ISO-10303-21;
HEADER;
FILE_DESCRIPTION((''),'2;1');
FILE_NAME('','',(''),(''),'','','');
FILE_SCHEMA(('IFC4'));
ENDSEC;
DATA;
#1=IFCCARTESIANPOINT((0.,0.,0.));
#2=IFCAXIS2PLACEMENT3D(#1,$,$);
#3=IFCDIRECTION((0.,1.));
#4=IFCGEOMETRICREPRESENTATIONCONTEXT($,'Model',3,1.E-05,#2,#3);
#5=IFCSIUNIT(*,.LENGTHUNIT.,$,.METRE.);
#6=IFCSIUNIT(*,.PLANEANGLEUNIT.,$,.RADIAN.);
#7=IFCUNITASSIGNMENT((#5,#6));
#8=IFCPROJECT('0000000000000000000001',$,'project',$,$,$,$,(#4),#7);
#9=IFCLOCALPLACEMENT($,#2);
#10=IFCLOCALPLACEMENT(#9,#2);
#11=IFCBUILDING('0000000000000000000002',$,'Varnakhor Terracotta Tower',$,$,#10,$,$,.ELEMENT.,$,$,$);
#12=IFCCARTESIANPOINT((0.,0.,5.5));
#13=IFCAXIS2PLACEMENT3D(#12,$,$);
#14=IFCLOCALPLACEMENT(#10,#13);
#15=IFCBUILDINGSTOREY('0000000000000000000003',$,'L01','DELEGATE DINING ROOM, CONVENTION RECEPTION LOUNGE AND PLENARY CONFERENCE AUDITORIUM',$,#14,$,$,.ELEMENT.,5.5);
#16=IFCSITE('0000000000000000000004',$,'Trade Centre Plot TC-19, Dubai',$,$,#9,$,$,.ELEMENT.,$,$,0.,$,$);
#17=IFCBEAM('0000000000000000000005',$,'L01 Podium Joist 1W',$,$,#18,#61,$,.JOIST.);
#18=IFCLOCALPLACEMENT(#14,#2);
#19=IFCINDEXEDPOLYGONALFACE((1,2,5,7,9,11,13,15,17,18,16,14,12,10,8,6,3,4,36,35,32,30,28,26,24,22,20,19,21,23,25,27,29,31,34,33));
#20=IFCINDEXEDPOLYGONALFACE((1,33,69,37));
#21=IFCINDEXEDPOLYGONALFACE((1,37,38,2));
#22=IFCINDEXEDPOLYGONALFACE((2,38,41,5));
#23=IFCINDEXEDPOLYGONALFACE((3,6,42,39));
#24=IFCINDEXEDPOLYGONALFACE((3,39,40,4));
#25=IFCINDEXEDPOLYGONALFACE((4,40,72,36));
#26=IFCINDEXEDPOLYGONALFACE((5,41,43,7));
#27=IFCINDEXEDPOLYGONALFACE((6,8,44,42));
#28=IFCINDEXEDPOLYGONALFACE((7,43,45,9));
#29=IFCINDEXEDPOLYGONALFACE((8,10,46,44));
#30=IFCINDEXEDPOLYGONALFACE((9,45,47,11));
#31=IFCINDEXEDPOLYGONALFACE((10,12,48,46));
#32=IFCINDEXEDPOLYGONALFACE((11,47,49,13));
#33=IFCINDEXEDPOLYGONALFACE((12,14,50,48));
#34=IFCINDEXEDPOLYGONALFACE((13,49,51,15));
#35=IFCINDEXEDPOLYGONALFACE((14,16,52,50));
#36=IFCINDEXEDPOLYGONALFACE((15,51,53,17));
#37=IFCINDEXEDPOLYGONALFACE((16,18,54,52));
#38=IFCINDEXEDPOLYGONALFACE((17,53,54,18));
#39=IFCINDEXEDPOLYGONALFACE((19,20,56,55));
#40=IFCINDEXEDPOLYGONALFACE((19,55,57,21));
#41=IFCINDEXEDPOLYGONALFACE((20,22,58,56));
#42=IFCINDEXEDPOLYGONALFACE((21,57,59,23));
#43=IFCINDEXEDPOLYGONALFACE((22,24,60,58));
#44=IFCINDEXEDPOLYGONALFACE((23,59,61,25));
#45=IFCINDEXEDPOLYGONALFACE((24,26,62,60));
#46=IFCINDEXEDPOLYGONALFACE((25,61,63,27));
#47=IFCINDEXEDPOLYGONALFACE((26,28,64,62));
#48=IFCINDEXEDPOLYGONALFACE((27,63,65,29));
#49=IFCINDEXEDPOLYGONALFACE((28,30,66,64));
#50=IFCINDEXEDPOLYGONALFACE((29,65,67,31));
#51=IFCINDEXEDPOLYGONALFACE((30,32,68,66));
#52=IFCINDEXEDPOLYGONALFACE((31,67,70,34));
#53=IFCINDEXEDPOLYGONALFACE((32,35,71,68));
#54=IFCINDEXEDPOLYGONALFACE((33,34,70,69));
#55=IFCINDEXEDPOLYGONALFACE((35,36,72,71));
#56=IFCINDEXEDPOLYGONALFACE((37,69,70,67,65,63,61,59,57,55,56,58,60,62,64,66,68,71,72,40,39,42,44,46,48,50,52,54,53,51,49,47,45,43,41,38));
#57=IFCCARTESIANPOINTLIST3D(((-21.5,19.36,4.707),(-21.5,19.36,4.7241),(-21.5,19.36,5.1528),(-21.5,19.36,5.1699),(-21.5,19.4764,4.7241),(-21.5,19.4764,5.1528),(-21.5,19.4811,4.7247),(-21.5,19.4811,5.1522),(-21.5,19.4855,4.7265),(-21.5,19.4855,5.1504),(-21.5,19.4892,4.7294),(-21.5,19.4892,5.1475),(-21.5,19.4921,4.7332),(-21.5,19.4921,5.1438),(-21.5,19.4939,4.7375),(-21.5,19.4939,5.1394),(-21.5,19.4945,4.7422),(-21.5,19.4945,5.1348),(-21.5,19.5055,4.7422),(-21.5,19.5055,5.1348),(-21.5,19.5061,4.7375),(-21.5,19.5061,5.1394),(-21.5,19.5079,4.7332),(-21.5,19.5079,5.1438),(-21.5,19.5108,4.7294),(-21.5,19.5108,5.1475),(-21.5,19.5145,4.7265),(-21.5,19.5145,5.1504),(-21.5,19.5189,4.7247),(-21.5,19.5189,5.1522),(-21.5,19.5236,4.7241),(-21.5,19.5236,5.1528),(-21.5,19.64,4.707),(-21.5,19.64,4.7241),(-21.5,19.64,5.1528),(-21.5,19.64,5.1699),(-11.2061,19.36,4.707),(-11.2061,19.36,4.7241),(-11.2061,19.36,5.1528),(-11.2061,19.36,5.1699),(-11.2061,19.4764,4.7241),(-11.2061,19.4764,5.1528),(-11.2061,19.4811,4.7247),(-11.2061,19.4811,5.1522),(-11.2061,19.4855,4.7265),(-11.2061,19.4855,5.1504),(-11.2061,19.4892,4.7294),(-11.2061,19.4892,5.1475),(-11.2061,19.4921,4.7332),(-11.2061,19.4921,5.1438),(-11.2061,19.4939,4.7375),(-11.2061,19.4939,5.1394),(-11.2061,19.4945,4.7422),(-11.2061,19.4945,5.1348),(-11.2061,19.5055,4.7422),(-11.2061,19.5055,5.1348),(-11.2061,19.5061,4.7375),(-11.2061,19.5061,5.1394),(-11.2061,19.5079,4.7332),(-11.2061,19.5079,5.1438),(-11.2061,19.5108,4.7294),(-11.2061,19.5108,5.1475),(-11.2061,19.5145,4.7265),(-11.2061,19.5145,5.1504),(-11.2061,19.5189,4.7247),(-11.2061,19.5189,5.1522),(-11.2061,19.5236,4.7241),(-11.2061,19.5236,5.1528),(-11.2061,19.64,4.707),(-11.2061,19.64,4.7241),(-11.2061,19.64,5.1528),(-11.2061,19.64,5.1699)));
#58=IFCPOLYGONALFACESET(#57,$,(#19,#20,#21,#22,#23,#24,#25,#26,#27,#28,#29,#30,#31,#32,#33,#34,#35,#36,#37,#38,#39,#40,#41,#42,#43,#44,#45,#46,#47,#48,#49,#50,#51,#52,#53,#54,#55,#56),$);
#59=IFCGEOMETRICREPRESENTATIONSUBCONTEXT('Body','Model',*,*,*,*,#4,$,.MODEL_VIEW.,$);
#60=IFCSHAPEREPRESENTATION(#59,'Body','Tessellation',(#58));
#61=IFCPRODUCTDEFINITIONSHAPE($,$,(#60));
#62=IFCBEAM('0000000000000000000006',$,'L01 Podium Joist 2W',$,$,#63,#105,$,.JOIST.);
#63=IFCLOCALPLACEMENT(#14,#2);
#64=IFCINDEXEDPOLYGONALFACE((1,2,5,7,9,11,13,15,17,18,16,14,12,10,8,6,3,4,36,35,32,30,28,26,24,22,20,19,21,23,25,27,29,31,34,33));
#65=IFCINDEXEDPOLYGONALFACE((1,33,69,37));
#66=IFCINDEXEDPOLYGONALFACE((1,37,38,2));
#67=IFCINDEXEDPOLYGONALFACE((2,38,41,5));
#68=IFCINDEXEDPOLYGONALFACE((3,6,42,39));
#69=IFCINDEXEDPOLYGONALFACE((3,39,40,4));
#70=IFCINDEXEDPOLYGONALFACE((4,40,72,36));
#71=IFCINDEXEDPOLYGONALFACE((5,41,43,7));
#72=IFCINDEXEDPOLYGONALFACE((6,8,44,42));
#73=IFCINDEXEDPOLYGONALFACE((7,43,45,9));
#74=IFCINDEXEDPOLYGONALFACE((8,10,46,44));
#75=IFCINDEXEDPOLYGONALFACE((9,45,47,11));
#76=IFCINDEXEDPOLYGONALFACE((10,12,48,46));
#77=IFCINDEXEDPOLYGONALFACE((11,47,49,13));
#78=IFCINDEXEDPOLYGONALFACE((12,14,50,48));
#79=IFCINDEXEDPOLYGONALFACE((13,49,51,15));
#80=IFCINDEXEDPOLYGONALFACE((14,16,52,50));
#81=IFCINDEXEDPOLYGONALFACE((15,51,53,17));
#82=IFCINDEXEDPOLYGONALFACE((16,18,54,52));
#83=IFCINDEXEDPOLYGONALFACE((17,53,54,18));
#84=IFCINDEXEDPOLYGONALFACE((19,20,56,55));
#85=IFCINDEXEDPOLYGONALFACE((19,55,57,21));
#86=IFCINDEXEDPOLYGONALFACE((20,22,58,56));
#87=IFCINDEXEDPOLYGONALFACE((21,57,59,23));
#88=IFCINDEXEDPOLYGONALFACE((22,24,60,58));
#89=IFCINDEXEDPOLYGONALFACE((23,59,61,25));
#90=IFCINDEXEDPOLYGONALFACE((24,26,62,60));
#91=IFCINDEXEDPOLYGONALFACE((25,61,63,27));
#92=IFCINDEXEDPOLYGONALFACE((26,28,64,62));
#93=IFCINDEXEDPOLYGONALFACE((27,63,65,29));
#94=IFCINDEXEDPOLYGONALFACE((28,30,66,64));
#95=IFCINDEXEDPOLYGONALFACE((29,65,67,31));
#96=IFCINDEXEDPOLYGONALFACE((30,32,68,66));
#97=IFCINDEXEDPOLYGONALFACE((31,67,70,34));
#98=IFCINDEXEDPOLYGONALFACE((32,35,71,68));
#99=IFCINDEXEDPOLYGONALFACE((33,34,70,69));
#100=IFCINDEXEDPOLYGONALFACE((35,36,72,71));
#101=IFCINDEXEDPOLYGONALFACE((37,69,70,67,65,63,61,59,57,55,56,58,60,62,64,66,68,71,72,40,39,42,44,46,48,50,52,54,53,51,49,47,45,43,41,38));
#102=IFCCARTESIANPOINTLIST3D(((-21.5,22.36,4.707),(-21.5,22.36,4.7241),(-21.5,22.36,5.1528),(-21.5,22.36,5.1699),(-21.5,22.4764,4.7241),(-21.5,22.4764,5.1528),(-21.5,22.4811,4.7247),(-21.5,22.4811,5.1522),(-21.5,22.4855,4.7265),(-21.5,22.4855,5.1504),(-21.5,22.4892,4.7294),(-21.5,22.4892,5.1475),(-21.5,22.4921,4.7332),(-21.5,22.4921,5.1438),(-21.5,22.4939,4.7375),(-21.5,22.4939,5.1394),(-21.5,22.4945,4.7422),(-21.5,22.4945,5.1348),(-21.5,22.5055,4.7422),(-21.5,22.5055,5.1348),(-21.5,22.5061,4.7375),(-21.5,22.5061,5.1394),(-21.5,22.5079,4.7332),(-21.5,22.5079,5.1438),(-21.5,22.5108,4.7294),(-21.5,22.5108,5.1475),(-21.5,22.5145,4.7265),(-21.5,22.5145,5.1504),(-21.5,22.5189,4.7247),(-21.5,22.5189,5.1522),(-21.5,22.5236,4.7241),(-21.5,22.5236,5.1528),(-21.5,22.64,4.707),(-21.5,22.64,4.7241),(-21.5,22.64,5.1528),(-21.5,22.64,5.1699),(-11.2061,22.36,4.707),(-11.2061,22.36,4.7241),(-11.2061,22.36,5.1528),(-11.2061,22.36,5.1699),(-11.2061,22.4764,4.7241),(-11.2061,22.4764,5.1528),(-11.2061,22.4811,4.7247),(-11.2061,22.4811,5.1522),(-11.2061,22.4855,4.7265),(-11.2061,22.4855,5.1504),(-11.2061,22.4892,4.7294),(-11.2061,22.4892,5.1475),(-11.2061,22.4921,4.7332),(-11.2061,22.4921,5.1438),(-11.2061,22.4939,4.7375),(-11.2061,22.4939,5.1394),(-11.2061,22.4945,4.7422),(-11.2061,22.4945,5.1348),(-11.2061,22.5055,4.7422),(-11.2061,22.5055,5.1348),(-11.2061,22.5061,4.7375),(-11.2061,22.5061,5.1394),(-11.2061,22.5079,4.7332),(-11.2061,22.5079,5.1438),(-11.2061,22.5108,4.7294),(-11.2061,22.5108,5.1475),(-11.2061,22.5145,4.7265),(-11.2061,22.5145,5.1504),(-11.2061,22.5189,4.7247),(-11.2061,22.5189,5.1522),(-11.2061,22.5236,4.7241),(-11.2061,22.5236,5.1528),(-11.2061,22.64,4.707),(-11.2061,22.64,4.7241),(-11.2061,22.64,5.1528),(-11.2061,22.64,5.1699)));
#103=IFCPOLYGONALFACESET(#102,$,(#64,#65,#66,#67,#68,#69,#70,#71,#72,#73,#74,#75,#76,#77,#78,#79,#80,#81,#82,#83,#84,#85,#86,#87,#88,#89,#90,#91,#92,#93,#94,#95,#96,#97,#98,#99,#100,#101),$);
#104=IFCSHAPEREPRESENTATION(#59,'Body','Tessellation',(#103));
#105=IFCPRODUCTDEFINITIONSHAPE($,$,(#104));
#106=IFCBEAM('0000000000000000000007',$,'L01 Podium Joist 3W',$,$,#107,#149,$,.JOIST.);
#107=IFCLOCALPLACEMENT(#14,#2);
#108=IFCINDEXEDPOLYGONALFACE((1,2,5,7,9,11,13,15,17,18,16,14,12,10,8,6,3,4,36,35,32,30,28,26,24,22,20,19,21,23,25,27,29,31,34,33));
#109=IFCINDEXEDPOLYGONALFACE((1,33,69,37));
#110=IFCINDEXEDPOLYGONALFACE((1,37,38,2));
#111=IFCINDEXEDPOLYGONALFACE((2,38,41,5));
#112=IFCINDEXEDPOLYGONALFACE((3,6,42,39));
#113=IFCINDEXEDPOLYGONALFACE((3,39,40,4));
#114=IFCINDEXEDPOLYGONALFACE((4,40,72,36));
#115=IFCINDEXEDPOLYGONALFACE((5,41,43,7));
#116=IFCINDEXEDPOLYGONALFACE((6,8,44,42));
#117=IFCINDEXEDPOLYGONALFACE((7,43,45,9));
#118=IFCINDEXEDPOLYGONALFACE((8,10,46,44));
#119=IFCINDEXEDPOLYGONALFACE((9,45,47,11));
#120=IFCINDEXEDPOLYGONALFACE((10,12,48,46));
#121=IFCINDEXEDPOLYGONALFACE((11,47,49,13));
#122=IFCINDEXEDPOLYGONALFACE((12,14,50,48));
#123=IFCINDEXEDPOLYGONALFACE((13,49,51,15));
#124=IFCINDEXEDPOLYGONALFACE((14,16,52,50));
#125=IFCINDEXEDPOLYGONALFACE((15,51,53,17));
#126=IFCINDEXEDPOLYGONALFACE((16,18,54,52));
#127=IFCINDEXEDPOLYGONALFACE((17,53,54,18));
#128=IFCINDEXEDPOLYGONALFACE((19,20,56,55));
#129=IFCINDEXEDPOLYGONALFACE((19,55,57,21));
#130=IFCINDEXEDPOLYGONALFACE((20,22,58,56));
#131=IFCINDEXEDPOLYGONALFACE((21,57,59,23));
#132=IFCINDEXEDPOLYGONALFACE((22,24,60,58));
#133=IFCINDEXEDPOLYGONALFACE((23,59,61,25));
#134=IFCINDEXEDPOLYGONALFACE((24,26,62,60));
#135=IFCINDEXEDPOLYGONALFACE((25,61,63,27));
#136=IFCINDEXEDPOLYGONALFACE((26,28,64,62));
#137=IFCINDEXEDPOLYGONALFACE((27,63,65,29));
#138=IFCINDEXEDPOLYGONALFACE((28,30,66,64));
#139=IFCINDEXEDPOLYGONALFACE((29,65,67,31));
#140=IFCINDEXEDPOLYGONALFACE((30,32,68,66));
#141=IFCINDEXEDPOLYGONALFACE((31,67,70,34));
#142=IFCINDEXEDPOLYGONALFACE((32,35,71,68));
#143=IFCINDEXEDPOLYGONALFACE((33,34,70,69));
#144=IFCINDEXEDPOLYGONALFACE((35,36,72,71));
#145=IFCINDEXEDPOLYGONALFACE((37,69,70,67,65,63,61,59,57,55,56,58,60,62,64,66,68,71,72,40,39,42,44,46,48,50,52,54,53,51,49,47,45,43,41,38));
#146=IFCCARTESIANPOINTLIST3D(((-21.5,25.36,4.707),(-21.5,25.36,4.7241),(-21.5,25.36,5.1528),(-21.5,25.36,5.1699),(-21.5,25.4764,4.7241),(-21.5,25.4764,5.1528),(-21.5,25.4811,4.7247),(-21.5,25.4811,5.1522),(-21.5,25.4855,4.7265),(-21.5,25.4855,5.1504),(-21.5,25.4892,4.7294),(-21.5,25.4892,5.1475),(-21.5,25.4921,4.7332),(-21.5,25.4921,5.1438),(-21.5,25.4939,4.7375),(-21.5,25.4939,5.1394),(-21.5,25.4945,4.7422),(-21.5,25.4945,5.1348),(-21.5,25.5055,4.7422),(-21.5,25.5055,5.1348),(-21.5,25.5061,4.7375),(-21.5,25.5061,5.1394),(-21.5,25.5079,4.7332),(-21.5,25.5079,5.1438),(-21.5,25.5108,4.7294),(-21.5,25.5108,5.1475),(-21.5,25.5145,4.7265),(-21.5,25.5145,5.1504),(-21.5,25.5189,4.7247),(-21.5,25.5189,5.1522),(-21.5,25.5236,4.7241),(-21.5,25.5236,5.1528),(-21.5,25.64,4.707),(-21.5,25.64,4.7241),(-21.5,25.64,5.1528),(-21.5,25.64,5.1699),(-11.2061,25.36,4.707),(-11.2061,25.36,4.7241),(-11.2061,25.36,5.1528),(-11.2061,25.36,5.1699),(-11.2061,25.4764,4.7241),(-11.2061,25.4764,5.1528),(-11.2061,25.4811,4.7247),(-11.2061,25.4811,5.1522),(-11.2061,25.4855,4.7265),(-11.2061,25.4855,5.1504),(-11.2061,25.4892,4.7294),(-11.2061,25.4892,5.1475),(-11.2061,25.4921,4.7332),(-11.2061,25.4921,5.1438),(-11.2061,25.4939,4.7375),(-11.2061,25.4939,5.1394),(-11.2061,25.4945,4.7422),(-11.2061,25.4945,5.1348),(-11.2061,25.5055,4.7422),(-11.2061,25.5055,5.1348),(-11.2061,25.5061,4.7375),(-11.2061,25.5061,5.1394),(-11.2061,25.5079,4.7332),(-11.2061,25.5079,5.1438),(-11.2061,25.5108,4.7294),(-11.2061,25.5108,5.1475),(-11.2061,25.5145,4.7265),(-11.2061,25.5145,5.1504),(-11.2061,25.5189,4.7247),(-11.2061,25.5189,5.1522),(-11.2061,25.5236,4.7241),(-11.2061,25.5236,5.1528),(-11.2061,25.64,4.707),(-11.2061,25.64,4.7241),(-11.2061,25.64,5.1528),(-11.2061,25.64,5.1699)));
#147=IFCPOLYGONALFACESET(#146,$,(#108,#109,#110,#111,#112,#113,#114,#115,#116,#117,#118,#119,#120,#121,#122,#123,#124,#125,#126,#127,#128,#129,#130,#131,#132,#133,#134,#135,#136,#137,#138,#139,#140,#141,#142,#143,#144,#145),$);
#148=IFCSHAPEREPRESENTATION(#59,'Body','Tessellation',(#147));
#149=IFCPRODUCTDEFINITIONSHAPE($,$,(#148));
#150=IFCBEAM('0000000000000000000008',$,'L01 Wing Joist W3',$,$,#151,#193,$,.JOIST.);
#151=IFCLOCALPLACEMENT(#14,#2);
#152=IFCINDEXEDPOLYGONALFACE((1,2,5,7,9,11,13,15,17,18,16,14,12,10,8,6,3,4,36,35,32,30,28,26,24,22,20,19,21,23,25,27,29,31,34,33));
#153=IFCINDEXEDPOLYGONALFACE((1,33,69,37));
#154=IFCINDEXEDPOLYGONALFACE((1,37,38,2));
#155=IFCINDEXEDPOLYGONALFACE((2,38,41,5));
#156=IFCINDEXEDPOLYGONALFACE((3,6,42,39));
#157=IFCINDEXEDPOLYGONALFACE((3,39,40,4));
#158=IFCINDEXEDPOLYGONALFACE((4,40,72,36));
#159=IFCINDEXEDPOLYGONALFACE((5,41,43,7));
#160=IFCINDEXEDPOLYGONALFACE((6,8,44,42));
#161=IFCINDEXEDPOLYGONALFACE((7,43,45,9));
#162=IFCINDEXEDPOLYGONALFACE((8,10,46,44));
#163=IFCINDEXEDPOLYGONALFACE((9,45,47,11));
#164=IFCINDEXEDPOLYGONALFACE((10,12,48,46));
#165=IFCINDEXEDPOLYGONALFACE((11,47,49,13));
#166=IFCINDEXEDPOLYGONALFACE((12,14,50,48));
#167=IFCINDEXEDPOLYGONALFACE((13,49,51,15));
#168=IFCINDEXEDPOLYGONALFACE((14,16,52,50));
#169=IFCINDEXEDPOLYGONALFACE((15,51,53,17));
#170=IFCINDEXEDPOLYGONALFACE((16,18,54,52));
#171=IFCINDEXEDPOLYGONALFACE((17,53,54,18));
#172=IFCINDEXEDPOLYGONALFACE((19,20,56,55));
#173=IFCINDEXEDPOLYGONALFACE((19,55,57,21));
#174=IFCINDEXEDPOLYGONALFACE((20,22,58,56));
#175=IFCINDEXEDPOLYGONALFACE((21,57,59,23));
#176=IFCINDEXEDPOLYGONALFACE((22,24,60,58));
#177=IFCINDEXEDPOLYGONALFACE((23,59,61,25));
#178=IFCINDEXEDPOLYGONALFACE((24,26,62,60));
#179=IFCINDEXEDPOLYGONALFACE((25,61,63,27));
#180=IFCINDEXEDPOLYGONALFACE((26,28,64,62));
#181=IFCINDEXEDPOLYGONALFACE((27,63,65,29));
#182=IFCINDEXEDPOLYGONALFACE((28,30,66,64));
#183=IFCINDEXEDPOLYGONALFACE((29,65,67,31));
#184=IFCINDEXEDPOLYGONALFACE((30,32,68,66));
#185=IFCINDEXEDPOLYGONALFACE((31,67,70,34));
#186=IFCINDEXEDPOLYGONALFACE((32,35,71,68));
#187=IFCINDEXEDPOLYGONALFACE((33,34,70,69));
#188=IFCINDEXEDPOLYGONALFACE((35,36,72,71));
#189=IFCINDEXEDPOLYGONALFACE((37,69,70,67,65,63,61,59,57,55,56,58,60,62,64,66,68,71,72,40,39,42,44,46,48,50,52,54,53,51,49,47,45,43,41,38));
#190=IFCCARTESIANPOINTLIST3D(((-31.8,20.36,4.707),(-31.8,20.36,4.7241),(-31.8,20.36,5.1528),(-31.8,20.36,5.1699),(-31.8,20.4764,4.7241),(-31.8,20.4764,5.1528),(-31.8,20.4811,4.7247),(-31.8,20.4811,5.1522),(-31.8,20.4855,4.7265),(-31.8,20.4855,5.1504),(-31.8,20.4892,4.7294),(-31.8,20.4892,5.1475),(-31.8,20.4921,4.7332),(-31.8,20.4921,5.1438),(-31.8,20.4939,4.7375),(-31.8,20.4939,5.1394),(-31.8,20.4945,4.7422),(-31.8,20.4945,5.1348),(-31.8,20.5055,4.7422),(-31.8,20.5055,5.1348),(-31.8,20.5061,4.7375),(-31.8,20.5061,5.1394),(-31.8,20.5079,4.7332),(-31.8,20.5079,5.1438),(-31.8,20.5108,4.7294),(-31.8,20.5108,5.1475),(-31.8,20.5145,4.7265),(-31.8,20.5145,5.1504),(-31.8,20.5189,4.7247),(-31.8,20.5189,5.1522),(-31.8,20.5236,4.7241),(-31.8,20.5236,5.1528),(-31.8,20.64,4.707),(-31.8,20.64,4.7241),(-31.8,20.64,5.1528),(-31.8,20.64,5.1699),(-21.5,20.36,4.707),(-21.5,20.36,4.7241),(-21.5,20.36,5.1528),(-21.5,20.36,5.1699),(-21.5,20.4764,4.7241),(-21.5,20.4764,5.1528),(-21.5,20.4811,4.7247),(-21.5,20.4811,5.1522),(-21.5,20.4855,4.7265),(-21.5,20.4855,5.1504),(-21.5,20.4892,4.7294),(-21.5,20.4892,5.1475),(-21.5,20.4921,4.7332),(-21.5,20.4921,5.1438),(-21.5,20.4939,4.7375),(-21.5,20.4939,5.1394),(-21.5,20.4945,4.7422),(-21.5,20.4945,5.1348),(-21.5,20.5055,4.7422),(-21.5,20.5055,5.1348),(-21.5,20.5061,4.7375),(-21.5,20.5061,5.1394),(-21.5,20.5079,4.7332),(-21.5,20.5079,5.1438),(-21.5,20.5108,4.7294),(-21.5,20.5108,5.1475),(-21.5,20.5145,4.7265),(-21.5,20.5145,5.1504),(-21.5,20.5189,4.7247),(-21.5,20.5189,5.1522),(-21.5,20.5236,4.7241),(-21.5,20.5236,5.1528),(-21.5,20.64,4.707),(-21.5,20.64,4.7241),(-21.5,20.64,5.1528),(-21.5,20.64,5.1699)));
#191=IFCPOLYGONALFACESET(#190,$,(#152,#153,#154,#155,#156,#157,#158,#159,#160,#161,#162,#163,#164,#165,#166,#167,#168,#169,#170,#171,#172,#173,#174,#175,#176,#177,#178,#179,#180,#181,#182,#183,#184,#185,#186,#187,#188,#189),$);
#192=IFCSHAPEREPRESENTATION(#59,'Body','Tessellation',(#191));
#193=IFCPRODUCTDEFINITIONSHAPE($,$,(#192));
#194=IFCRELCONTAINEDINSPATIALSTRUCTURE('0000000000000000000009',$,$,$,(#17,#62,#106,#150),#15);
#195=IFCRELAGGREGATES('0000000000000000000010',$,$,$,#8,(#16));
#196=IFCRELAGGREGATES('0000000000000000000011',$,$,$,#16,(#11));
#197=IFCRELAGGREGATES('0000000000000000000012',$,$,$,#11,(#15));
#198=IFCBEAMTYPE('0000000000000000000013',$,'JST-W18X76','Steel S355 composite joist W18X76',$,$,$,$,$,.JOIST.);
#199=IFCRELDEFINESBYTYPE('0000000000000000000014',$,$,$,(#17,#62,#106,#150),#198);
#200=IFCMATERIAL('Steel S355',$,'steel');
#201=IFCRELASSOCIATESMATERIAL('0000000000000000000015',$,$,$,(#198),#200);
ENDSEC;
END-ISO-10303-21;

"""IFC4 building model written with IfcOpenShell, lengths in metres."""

from ifc_helpers import new_model, si_unit, direction, frame, origin, origin_2d, place, context, subcontext, project, spatial, i_section, extrude, source, transform, mapped, material, material_profile, profile_set, type_object, type_shapes, element, save


model = new_model("IFC4")

# Units and contexts
model_context = context("Model", 3, precision=1e-05, world=origin(), true_north=direction((0.0, 1.0)))
body_context = subcontext(model_context, "Body", "Model", "MODEL_VIEW")
ifc_project = project(units=[si_unit("LENGTHUNIT", "METRE"), si_unit("PLANEANGLEUNIT", "RADIAN")], contexts=[model_context])

# Site, building, storey
site_placement = place(None, origin())
site = spatial("IfcSite", under=ifc_project, at=site_placement, Name="Trade Centre Plot TC-19, Dubai", CompositionType="ELEMENT", RefElevation=0.0)
building_placement = place(site_placement, origin())
building = spatial("IfcBuilding", under=site, at=building_placement, Name="Varnakhor Terracotta Tower", CompositionType="ELEMENT")
storey_placement = place(building_placement, frame((0.0, 0.0, 5.5)))
storey = spatial("IfcBuildingStorey", under=building, at=storey_placement, Name="L01", Description="DELEGATE DINING ROOM, CONVENTION RECEPTION LOUNGE AND PLENARY CONFERENCE AUDITORIUM", CompositionType="ELEMENT", Elevation=5.5)

# Beams
ifc_material_1 = material(Name="Steel S355", Category="steel")
ifc_material_profile_1 = material_profile(ifc_material_1, i_section(OverallWidth=0.28, OverallDepth=0.4629, WebThickness=0.011, FlangeThickness=0.0171, FilletRadius=0.0181, at=origin_2d()), Name="W18X76")
ifc_profile_set_1 = profile_set([ifc_material_profile_1], Name="Steel S355")
beam_type_1 = type_object("IfcBeamType", Name="JST-W18X76", Description="Steel S355 composite joist W18X76", PredefinedType="JOIST", material=ifc_profile_set_1)
shared_shape_1 = source(origin(), body_context, "Body", "SweptSolid", [
    extrude(i_section(OverallWidth=0.28, OverallDepth=0.4629, WebThickness=0.011, FlangeThickness=0.0171, FilletRadius=0.0181, at=origin_2d()), origin(), (0.0, 0.0, 1.0), 10.2939),
])
type_shapes(beam_type_1, [shared_shape_1])
for number, where, z_axis, x_axis, name in (
    (1, (-21.5, 19.5, 4.9385), (1.0, 0.0, 0.0), (0.0, 1.0, 0.0), "L01 Podium Joist 1W"),
    (2, (-21.5, 22.5, 4.9385), (1.0, 0.0, 0.0), (0.0, 1.0, 0.0), "L01 Podium Joist 2W"),
    (3, (-21.5, 25.5, 4.9385), (1.0, 0.0, 0.0), (0.0, 1.0, 0.0), "L01 Podium Joist 3W"),
):
    element("IfcBeam", number, at=place(storey_placement, frame(where, z_axis=z_axis, x_axis=x_axis)), inside=storey, type_object=beam_type_1, Name=name, PredefinedType="JOIST", context=body_context, shape_type="MappedRepresentation", body=[
        mapped(shared_shape_1, transform((0.0, 0.0, 0.0), scale=1.0)),
    ])
shared_shape_2 = source(origin(), body_context, "Body", "SweptSolid", [
    extrude(i_section(OverallWidth=0.28, OverallDepth=0.4629, WebThickness=0.011, FlangeThickness=0.0171, FilletRadius=0.0181, at=origin_2d()), origin(), (0.0, 0.0, 1.0), 10.3),
])
for number, where, z_axis, x_axis, name in (
    (4, (-31.8, 20.5, 4.9385), (1.0, 0.0, 0.0), (0.0, 1.0, 0.0), "L01 Wing Joist W3"),
):
    element("IfcBeam", number, at=place(storey_placement, frame(where, z_axis=z_axis, x_axis=x_axis)), inside=storey, type_object=beam_type_1, Name=name, PredefinedType="JOIST", context=body_context, shape_type="MappedRepresentation", body=[
        mapped(shared_shape_2, transform((0.0, 0.0, 0.0), scale=1.0)),
    ])

save(model, "model.ifc")
